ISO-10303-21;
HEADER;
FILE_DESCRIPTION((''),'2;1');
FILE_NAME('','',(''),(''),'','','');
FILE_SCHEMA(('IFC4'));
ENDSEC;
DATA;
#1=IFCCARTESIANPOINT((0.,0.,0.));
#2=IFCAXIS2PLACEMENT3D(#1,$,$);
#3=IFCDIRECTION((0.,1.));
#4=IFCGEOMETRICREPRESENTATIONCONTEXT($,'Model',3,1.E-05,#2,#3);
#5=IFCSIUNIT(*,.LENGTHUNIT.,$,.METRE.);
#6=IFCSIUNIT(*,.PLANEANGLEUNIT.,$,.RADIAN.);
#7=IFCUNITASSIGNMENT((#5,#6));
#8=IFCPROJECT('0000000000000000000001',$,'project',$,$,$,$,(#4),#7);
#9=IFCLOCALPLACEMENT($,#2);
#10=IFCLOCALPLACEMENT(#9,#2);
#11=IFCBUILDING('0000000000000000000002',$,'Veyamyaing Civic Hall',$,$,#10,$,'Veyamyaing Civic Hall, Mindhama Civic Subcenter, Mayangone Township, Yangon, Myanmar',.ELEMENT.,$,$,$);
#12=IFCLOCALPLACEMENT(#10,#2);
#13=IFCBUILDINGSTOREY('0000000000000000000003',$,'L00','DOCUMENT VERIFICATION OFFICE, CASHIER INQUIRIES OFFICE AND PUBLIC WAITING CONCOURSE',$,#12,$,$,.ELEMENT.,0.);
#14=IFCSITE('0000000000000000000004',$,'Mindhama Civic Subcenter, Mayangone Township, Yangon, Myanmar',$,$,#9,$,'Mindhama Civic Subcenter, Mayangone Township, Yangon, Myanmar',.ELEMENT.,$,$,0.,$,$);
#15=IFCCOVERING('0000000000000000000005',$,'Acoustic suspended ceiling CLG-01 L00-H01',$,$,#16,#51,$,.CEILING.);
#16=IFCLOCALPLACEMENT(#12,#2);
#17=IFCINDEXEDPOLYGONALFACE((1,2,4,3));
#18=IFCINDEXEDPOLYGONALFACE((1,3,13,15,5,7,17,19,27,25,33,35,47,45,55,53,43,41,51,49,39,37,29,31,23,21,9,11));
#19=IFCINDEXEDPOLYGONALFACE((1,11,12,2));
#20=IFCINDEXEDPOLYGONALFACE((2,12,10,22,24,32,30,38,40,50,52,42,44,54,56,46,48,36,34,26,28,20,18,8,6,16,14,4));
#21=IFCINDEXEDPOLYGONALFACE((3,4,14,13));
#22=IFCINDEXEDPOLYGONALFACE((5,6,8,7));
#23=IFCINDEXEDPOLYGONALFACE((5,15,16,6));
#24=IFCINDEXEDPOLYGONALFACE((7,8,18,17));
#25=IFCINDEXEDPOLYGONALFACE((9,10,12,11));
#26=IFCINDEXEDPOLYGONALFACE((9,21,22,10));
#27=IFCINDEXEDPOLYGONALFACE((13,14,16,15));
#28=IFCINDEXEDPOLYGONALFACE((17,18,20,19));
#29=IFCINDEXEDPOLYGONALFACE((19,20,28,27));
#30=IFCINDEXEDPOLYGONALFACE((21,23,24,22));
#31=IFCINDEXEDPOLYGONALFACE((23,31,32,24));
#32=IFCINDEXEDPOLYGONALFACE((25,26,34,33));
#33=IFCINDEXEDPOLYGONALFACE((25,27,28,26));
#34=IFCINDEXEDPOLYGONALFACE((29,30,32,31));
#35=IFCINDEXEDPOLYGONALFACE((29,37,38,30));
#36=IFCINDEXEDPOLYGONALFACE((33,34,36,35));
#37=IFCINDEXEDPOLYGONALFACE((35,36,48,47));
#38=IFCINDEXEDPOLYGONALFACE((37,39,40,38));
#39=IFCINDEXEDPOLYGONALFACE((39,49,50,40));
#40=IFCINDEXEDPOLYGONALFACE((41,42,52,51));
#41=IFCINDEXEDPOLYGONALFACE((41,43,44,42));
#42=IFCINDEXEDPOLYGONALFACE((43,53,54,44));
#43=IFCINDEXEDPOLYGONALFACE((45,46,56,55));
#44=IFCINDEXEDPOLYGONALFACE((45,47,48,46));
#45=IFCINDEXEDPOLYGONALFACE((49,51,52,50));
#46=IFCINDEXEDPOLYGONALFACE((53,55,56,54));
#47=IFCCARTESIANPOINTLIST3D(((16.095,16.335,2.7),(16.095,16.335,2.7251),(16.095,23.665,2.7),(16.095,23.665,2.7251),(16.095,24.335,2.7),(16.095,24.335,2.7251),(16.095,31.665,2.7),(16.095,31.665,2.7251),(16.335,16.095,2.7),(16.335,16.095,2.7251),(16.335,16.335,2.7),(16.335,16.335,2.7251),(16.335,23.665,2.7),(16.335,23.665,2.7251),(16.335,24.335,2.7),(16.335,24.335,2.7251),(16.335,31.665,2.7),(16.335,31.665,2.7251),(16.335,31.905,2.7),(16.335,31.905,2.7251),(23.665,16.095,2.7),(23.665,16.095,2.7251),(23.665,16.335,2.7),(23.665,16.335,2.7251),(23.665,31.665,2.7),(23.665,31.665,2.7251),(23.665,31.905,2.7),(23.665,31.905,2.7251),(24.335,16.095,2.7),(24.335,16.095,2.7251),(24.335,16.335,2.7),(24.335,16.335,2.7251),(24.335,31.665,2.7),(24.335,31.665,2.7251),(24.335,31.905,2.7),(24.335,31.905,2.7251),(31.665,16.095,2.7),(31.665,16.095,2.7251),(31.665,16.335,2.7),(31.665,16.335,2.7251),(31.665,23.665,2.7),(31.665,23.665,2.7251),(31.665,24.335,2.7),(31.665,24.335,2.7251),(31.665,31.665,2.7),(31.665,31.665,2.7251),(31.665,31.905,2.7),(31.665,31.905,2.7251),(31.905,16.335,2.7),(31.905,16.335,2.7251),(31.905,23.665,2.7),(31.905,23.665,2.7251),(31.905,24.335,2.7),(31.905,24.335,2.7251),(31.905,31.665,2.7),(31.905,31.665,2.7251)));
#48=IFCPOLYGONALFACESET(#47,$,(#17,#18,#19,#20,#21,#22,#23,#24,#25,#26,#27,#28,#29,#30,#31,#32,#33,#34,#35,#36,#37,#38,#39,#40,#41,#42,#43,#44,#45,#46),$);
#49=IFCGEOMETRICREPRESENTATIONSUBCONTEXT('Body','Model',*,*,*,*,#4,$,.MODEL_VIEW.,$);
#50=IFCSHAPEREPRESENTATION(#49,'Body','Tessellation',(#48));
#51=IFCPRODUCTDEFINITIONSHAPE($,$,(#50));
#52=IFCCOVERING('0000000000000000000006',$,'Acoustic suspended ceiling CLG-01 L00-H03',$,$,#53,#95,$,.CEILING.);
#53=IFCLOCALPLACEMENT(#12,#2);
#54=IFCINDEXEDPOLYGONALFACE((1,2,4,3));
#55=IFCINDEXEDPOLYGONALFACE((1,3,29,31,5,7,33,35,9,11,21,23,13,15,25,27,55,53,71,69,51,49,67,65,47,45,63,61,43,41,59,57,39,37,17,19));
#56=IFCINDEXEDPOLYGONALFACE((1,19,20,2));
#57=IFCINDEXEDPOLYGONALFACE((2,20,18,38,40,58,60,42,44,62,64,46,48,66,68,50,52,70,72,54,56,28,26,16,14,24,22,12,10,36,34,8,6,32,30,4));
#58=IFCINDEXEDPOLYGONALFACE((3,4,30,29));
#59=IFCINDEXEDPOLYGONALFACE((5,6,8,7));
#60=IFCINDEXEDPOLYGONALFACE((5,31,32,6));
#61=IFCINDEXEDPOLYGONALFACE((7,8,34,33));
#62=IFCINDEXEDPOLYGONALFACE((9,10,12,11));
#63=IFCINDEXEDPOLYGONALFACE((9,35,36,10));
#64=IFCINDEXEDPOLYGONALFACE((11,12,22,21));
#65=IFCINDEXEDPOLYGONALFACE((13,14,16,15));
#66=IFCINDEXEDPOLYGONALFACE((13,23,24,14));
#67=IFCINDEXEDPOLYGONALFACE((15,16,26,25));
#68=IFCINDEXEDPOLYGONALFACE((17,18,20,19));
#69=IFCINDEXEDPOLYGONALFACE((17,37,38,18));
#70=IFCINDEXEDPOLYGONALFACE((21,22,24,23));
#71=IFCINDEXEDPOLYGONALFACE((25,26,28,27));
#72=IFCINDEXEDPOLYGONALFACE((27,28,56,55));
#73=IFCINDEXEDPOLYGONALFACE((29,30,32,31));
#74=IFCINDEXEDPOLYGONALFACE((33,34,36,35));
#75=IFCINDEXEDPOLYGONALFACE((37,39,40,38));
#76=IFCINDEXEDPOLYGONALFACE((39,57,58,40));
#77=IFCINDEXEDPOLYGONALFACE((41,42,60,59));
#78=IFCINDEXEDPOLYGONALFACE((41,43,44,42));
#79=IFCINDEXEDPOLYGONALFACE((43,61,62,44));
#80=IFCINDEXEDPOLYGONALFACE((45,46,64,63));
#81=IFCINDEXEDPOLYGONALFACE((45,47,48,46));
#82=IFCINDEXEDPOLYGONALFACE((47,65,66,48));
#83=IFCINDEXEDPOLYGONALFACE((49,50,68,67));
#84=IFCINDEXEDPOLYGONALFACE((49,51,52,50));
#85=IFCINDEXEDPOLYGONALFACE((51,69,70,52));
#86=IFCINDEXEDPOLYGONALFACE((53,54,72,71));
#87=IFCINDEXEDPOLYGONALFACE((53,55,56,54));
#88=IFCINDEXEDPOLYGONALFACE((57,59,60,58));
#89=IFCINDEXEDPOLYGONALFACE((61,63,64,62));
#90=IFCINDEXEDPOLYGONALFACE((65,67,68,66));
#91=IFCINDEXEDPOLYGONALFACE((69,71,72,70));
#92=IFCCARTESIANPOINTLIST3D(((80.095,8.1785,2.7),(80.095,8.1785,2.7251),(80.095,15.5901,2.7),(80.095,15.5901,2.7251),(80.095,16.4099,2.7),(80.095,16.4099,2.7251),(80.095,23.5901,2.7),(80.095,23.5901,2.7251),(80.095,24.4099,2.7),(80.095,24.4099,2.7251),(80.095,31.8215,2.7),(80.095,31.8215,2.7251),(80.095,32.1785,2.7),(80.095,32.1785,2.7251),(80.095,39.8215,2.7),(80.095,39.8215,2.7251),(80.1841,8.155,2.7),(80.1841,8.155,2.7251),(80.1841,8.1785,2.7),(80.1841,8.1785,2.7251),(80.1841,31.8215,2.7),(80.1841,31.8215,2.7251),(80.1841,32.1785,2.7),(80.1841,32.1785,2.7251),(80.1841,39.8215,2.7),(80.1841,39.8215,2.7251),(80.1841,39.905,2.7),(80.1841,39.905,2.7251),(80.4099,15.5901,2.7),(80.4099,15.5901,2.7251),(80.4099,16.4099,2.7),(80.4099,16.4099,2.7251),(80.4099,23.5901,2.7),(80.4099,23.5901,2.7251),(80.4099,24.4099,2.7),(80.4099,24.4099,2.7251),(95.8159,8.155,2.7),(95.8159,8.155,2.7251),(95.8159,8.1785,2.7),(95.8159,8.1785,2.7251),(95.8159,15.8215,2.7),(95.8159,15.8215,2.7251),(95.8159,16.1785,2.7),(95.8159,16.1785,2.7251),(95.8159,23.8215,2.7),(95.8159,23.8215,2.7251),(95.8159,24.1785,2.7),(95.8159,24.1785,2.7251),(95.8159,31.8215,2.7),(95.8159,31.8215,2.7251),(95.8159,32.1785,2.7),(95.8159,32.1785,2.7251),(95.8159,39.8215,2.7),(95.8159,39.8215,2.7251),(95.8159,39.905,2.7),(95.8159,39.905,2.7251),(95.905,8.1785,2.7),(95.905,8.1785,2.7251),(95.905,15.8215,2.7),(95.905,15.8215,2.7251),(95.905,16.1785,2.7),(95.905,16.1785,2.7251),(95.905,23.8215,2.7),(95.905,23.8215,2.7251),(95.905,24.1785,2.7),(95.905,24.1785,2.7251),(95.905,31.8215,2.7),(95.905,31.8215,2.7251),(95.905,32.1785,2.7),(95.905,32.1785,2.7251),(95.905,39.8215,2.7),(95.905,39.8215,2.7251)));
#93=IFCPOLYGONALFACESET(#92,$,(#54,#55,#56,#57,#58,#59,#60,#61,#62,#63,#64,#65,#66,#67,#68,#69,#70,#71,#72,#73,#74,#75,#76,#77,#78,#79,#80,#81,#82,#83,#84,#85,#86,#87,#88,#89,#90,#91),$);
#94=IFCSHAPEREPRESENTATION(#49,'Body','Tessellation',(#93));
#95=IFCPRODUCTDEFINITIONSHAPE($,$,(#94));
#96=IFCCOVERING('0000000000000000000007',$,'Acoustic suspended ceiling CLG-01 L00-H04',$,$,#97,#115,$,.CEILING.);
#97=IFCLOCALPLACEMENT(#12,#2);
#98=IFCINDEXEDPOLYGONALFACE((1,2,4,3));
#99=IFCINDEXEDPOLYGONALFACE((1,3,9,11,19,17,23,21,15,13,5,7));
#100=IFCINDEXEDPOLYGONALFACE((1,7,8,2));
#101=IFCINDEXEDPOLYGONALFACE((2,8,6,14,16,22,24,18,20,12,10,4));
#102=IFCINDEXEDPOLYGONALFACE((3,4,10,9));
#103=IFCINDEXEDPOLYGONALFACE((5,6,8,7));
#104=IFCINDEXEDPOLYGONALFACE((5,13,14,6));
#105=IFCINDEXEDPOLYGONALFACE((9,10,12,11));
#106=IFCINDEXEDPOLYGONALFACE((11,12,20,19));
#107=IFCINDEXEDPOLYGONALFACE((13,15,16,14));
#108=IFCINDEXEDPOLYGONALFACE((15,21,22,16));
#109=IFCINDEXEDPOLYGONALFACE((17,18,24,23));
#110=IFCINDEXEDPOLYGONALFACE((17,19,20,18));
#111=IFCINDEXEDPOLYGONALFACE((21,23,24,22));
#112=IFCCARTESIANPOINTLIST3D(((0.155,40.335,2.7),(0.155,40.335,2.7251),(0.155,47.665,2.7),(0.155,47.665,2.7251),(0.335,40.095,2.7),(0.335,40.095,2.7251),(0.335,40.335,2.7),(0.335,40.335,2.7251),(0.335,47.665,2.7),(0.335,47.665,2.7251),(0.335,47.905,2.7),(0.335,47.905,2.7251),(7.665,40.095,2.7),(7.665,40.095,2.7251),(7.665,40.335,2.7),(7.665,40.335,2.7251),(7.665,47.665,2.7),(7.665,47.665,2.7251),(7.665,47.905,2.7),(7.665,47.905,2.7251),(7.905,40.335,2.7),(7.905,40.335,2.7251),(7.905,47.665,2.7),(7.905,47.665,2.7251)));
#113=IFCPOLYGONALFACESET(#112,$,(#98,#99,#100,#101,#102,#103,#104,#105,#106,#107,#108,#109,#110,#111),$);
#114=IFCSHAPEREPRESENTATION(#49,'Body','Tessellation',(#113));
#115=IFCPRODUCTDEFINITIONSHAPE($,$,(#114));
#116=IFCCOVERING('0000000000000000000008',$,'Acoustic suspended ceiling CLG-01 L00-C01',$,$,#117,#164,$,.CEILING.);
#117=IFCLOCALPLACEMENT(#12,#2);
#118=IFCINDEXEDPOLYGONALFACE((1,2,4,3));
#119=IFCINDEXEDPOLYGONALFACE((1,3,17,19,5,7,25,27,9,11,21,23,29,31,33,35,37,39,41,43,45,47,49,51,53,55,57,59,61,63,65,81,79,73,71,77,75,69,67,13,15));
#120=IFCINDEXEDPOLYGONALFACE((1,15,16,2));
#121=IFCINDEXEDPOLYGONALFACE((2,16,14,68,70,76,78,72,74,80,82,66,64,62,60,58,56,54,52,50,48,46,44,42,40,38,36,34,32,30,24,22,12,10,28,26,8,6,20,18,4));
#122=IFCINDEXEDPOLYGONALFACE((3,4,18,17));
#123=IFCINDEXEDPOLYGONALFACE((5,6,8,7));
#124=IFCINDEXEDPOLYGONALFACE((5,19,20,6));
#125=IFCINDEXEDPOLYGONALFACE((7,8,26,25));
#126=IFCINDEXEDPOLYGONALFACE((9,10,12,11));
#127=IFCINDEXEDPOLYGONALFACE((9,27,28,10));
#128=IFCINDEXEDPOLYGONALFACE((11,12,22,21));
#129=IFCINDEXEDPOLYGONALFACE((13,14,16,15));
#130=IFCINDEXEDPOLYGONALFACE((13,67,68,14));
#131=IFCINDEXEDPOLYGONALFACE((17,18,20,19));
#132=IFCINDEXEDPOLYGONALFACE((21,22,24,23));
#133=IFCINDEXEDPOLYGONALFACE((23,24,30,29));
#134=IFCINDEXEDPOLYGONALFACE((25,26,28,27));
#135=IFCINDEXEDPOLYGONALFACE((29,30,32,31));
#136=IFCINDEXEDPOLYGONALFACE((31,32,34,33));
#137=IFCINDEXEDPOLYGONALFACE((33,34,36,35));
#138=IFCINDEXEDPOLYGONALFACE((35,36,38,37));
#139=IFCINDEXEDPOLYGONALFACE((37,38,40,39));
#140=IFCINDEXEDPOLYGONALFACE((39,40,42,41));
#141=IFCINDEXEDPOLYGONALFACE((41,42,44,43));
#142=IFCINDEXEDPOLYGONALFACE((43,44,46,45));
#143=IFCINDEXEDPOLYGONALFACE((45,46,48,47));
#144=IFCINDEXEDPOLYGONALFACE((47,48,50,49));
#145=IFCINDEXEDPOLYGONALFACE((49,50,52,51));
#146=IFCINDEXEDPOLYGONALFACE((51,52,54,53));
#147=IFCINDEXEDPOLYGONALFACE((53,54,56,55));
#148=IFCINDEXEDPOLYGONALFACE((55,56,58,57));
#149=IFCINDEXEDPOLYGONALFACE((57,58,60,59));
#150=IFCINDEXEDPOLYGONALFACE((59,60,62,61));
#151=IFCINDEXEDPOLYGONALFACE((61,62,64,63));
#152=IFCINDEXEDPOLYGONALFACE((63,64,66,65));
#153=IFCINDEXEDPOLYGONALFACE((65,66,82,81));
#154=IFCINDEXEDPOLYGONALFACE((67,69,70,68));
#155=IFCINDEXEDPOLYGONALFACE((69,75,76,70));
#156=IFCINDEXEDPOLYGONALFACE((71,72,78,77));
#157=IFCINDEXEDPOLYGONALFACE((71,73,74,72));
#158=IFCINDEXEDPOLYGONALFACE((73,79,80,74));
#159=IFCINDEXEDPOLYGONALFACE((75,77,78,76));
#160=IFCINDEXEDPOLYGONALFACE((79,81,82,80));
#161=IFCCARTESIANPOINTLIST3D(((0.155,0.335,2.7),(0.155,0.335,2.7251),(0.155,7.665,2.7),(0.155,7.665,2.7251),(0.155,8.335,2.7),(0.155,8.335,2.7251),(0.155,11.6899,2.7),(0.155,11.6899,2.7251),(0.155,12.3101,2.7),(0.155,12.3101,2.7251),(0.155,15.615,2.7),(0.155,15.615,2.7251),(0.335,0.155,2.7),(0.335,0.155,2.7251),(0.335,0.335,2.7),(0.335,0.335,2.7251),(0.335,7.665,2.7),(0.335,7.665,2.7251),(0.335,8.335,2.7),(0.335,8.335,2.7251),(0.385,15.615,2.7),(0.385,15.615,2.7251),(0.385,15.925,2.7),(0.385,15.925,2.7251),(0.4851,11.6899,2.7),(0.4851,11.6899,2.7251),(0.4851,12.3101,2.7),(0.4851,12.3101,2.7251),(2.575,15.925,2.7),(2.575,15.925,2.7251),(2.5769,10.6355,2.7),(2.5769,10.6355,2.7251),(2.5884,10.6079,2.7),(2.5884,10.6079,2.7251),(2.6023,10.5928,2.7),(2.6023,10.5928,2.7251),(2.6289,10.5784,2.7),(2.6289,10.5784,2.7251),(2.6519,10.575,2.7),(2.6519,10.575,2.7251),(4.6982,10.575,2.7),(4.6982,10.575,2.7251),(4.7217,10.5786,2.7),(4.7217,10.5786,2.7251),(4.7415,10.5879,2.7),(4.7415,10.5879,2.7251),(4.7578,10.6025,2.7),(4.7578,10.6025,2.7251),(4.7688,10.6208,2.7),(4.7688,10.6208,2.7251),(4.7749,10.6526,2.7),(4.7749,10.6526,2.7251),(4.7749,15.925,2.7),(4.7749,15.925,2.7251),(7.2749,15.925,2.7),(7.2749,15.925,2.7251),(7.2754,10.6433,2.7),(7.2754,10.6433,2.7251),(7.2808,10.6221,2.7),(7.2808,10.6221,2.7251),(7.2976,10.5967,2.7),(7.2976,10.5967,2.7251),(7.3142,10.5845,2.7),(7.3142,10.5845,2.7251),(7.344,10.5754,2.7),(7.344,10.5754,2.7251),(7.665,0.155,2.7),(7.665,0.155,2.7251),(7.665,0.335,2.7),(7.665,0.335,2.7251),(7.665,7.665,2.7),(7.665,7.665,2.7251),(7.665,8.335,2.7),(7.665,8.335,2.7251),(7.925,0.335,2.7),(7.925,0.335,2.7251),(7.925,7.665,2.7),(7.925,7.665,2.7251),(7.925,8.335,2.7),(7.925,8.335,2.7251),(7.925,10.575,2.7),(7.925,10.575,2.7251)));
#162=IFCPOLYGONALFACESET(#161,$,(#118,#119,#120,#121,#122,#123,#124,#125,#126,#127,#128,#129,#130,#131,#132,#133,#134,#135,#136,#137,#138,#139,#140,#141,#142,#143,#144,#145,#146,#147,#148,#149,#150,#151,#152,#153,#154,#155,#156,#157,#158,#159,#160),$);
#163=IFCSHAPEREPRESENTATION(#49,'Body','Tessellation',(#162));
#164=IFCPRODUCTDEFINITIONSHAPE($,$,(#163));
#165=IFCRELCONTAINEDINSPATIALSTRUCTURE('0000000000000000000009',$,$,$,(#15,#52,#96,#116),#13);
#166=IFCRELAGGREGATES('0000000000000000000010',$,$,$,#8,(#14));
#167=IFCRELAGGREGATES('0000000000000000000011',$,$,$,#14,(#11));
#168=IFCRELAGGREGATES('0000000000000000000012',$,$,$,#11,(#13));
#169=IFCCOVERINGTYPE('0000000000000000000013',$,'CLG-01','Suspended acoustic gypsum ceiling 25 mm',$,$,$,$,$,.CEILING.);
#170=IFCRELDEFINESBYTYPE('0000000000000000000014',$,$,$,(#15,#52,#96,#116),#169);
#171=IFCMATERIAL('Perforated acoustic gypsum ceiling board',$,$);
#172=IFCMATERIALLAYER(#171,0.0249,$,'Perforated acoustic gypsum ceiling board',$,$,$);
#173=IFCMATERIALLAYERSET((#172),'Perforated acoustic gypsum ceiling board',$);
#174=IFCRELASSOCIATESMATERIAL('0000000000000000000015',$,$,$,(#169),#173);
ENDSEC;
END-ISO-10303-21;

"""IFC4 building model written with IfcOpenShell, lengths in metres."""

from ifc_helpers import new_model, si_unit, direction, frame, origin, place, context, subcontext, project, spatial, polyline, outline, extrude, material, layer, layer_set, type_object, element, save


model = new_model("IFC4")

# Units and contexts
model_context = context("Model", 3, precision=1e-05, world=origin(), true_north=direction((0.0, 1.0)))
body_context = subcontext(model_context, "Body", "Model", "MODEL_VIEW")
ifc_project = project(units=[si_unit("LENGTHUNIT", "METRE"), si_unit("PLANEANGLEUNIT", "RADIAN")], contexts=[model_context])

# Site, building, storey
site_placement = place(None, origin())
site = spatial("IfcSite", under=ifc_project, at=site_placement, Name="Mindhama Civic Subcenter, Mayangone Township, Yangon, Myanmar", LongName="Mindhama Civic Subcenter, Mayangone Township, Yangon, Myanmar", CompositionType="ELEMENT", RefElevation=0.0)
building_placement = place(site_placement, origin())
building = spatial("IfcBuilding", under=site, at=building_placement, Name="Veyamyaing Civic Hall", LongName="Veyamyaing Civic Hall, Mindhama Civic Subcenter, Mayangone Township, Yangon, Myanmar", CompositionType="ELEMENT")
storey_placement = place(building_placement, origin())
storey = spatial("IfcBuildingStorey", under=building, at=storey_placement, Name="L00", Description="DOCUMENT VERIFICATION OFFICE, CASHIER INQUIRIES OFFICE AND PUBLIC WAITING CONCOURSE", CompositionType="ELEMENT", Elevation=0.0)

# Coverings
ifc_material_1 = material(Name="Perforated acoustic gypsum ceiling board")
ifc_layer_1 = layer(ifc_material_1, 0.0249, Name="Perforated acoustic gypsum ceiling board")
ifc_layer_set_1 = layer_set([ifc_layer_1], Name="Perforated acoustic gypsum ceiling board")
covering_type_1 = type_object("IfcCoveringType", Name="CLG-01", Description="Suspended acoustic gypsum ceiling 25 mm", PredefinedType="CEILING", material=ifc_layer_set_1)
covering_1_placement = place(storey_placement, frame((0.0, 0.0, 2.7)))
element("IfcCovering", 1, at=covering_1_placement, inside=storey, type_object=covering_type_1, Name="Acoustic suspended ceiling CLG-01 L00-H01", PredefinedType="CEILING", context=body_context, shape_type="SweptSolid", body=[
    extrude(outline(polyline([(31.665, 23.665), (31.905, 23.665), (31.905, 16.335), (31.665, 16.335), (31.665, 16.095), (24.335, 16.095), (24.335, 16.335), (23.665, 16.335), (23.665, 16.095), (16.335, 16.095), (16.335, 16.335), (16.095, 16.335), (16.095, 23.665), (16.335, 23.665), (16.335, 24.335), (16.095, 24.335), (16.095, 31.665), (16.335, 31.665), (16.335, 31.905), (23.665, 31.905), (23.665, 31.665), (24.335, 31.665), (24.335, 31.905), (31.665, 31.905), (31.665, 31.665), (31.905, 31.665), (31.905, 24.335), (31.665, 24.335), (31.665, 23.665)])), origin(), (0.0, 0.0, 1.0), 0.0251),
])
covering_2_placement = place(storey_placement, frame((0.0, 0.0, 2.7)))
element("IfcCovering", 2, at=covering_2_placement, inside=storey, type_object=covering_type_1, Name="Acoustic suspended ceiling CLG-01 L00-H03", PredefinedType="CEILING", context=body_context, shape_type="SweptSolid", body=[
    extrude(outline(polyline([(80.1841, 8.1785), (80.095, 8.1785), (80.095, 15.5901), (80.4099, 15.5901), (80.4099, 16.4099), (80.095, 16.4099), (80.095, 23.5901), (80.4099, 23.5901), (80.4099, 24.4099), (80.095, 24.4099), (80.095, 31.8215), (80.1841, 31.8215), (80.1841, 32.1785), (80.095, 32.1785), (80.095, 39.8215), (80.1841, 39.8215), (80.1841, 39.905), (95.8159, 39.905), (95.8159, 39.8215), (95.905, 39.8215), (95.905, 32.1785), (95.8159, 32.1785), (95.8159, 31.8215), (95.905, 31.8215), (95.905, 24.1785), (95.8159, 24.1785), (95.8159, 23.8215), (95.905, 23.8215), (95.905, 16.1785), (95.8159, 16.1785), (95.8159, 15.8215), (95.905, 15.8215), (95.905, 8.1785), (95.8159, 8.1785), (95.8159, 8.155), (80.1841, 8.155), (80.1841, 8.1785)])), origin(), (0.0, 0.0, 1.0), 0.0251),
])
covering_3_placement = place(storey_placement, frame((0.0, 0.0, 2.7)))
element("IfcCovering", 3, at=covering_3_placement, inside=storey, type_object=covering_type_1, Name="Acoustic suspended ceiling CLG-01 L00-H04", PredefinedType="CEILING", context=body_context, shape_type="SweptSolid", body=[
    extrude(outline(polyline([(0.335, 47.905), (7.665, 47.905), (7.665, 47.665), (7.905, 47.665), (7.905, 40.335), (7.665, 40.335), (7.665, 40.095), (0.335, 40.095), (0.335, 40.335), (0.155, 40.335), (0.155, 47.665), (0.335, 47.665), (0.335, 47.905)])), origin(), (0.0, 0.0, 1.0), 0.0251),
])
covering_4_placement = place(storey_placement, frame((0.0, 0.0, 2.7)))
element("IfcCovering", 4, at=covering_4_placement, inside=storey, type_object=covering_type_1, Name="Acoustic suspended ceiling CLG-01 L00-C01", PredefinedType="CEILING", context=body_context, shape_type="SweptSolid", body=[
    extrude(outline(polyline([(2.5884, 10.6079), (2.6023, 10.5928), (2.6289, 10.5784), (2.6519, 10.575), (4.6982, 10.575), (4.7217, 10.5786), (4.7415, 10.5879), (4.7578, 10.6025), (4.7688, 10.6208), (4.7749, 10.6526), (4.7749, 15.925), (7.2749, 15.925), (7.2754, 10.6433), (7.2808, 10.6221), (7.2976, 10.5967), (7.3142, 10.5845), (7.344, 10.5754), (7.925, 10.575), (7.925, 8.335), (7.665, 8.335), (7.665, 7.665), (7.925, 7.665), (7.925, 0.335), (7.665, 0.335), (7.665, 0.155), (0.335, 0.155), (0.335, 0.335), (0.155, 0.335), (0.155, 7.665), (0.335, 7.665), (0.335, 8.335), (0.155, 8.335), (0.155, 11.6899), (0.4851, 11.6899), (0.4851, 12.3101), (0.155, 12.3101), (0.155, 15.615), (0.385, 15.615), (0.385, 15.925), (2.575, 15.925), (2.5769, 10.6355), (2.5884, 10.6079)])), origin(), (0.0, 0.0, 1.0), 0.0251),
])

save(model, "model.ifc")
